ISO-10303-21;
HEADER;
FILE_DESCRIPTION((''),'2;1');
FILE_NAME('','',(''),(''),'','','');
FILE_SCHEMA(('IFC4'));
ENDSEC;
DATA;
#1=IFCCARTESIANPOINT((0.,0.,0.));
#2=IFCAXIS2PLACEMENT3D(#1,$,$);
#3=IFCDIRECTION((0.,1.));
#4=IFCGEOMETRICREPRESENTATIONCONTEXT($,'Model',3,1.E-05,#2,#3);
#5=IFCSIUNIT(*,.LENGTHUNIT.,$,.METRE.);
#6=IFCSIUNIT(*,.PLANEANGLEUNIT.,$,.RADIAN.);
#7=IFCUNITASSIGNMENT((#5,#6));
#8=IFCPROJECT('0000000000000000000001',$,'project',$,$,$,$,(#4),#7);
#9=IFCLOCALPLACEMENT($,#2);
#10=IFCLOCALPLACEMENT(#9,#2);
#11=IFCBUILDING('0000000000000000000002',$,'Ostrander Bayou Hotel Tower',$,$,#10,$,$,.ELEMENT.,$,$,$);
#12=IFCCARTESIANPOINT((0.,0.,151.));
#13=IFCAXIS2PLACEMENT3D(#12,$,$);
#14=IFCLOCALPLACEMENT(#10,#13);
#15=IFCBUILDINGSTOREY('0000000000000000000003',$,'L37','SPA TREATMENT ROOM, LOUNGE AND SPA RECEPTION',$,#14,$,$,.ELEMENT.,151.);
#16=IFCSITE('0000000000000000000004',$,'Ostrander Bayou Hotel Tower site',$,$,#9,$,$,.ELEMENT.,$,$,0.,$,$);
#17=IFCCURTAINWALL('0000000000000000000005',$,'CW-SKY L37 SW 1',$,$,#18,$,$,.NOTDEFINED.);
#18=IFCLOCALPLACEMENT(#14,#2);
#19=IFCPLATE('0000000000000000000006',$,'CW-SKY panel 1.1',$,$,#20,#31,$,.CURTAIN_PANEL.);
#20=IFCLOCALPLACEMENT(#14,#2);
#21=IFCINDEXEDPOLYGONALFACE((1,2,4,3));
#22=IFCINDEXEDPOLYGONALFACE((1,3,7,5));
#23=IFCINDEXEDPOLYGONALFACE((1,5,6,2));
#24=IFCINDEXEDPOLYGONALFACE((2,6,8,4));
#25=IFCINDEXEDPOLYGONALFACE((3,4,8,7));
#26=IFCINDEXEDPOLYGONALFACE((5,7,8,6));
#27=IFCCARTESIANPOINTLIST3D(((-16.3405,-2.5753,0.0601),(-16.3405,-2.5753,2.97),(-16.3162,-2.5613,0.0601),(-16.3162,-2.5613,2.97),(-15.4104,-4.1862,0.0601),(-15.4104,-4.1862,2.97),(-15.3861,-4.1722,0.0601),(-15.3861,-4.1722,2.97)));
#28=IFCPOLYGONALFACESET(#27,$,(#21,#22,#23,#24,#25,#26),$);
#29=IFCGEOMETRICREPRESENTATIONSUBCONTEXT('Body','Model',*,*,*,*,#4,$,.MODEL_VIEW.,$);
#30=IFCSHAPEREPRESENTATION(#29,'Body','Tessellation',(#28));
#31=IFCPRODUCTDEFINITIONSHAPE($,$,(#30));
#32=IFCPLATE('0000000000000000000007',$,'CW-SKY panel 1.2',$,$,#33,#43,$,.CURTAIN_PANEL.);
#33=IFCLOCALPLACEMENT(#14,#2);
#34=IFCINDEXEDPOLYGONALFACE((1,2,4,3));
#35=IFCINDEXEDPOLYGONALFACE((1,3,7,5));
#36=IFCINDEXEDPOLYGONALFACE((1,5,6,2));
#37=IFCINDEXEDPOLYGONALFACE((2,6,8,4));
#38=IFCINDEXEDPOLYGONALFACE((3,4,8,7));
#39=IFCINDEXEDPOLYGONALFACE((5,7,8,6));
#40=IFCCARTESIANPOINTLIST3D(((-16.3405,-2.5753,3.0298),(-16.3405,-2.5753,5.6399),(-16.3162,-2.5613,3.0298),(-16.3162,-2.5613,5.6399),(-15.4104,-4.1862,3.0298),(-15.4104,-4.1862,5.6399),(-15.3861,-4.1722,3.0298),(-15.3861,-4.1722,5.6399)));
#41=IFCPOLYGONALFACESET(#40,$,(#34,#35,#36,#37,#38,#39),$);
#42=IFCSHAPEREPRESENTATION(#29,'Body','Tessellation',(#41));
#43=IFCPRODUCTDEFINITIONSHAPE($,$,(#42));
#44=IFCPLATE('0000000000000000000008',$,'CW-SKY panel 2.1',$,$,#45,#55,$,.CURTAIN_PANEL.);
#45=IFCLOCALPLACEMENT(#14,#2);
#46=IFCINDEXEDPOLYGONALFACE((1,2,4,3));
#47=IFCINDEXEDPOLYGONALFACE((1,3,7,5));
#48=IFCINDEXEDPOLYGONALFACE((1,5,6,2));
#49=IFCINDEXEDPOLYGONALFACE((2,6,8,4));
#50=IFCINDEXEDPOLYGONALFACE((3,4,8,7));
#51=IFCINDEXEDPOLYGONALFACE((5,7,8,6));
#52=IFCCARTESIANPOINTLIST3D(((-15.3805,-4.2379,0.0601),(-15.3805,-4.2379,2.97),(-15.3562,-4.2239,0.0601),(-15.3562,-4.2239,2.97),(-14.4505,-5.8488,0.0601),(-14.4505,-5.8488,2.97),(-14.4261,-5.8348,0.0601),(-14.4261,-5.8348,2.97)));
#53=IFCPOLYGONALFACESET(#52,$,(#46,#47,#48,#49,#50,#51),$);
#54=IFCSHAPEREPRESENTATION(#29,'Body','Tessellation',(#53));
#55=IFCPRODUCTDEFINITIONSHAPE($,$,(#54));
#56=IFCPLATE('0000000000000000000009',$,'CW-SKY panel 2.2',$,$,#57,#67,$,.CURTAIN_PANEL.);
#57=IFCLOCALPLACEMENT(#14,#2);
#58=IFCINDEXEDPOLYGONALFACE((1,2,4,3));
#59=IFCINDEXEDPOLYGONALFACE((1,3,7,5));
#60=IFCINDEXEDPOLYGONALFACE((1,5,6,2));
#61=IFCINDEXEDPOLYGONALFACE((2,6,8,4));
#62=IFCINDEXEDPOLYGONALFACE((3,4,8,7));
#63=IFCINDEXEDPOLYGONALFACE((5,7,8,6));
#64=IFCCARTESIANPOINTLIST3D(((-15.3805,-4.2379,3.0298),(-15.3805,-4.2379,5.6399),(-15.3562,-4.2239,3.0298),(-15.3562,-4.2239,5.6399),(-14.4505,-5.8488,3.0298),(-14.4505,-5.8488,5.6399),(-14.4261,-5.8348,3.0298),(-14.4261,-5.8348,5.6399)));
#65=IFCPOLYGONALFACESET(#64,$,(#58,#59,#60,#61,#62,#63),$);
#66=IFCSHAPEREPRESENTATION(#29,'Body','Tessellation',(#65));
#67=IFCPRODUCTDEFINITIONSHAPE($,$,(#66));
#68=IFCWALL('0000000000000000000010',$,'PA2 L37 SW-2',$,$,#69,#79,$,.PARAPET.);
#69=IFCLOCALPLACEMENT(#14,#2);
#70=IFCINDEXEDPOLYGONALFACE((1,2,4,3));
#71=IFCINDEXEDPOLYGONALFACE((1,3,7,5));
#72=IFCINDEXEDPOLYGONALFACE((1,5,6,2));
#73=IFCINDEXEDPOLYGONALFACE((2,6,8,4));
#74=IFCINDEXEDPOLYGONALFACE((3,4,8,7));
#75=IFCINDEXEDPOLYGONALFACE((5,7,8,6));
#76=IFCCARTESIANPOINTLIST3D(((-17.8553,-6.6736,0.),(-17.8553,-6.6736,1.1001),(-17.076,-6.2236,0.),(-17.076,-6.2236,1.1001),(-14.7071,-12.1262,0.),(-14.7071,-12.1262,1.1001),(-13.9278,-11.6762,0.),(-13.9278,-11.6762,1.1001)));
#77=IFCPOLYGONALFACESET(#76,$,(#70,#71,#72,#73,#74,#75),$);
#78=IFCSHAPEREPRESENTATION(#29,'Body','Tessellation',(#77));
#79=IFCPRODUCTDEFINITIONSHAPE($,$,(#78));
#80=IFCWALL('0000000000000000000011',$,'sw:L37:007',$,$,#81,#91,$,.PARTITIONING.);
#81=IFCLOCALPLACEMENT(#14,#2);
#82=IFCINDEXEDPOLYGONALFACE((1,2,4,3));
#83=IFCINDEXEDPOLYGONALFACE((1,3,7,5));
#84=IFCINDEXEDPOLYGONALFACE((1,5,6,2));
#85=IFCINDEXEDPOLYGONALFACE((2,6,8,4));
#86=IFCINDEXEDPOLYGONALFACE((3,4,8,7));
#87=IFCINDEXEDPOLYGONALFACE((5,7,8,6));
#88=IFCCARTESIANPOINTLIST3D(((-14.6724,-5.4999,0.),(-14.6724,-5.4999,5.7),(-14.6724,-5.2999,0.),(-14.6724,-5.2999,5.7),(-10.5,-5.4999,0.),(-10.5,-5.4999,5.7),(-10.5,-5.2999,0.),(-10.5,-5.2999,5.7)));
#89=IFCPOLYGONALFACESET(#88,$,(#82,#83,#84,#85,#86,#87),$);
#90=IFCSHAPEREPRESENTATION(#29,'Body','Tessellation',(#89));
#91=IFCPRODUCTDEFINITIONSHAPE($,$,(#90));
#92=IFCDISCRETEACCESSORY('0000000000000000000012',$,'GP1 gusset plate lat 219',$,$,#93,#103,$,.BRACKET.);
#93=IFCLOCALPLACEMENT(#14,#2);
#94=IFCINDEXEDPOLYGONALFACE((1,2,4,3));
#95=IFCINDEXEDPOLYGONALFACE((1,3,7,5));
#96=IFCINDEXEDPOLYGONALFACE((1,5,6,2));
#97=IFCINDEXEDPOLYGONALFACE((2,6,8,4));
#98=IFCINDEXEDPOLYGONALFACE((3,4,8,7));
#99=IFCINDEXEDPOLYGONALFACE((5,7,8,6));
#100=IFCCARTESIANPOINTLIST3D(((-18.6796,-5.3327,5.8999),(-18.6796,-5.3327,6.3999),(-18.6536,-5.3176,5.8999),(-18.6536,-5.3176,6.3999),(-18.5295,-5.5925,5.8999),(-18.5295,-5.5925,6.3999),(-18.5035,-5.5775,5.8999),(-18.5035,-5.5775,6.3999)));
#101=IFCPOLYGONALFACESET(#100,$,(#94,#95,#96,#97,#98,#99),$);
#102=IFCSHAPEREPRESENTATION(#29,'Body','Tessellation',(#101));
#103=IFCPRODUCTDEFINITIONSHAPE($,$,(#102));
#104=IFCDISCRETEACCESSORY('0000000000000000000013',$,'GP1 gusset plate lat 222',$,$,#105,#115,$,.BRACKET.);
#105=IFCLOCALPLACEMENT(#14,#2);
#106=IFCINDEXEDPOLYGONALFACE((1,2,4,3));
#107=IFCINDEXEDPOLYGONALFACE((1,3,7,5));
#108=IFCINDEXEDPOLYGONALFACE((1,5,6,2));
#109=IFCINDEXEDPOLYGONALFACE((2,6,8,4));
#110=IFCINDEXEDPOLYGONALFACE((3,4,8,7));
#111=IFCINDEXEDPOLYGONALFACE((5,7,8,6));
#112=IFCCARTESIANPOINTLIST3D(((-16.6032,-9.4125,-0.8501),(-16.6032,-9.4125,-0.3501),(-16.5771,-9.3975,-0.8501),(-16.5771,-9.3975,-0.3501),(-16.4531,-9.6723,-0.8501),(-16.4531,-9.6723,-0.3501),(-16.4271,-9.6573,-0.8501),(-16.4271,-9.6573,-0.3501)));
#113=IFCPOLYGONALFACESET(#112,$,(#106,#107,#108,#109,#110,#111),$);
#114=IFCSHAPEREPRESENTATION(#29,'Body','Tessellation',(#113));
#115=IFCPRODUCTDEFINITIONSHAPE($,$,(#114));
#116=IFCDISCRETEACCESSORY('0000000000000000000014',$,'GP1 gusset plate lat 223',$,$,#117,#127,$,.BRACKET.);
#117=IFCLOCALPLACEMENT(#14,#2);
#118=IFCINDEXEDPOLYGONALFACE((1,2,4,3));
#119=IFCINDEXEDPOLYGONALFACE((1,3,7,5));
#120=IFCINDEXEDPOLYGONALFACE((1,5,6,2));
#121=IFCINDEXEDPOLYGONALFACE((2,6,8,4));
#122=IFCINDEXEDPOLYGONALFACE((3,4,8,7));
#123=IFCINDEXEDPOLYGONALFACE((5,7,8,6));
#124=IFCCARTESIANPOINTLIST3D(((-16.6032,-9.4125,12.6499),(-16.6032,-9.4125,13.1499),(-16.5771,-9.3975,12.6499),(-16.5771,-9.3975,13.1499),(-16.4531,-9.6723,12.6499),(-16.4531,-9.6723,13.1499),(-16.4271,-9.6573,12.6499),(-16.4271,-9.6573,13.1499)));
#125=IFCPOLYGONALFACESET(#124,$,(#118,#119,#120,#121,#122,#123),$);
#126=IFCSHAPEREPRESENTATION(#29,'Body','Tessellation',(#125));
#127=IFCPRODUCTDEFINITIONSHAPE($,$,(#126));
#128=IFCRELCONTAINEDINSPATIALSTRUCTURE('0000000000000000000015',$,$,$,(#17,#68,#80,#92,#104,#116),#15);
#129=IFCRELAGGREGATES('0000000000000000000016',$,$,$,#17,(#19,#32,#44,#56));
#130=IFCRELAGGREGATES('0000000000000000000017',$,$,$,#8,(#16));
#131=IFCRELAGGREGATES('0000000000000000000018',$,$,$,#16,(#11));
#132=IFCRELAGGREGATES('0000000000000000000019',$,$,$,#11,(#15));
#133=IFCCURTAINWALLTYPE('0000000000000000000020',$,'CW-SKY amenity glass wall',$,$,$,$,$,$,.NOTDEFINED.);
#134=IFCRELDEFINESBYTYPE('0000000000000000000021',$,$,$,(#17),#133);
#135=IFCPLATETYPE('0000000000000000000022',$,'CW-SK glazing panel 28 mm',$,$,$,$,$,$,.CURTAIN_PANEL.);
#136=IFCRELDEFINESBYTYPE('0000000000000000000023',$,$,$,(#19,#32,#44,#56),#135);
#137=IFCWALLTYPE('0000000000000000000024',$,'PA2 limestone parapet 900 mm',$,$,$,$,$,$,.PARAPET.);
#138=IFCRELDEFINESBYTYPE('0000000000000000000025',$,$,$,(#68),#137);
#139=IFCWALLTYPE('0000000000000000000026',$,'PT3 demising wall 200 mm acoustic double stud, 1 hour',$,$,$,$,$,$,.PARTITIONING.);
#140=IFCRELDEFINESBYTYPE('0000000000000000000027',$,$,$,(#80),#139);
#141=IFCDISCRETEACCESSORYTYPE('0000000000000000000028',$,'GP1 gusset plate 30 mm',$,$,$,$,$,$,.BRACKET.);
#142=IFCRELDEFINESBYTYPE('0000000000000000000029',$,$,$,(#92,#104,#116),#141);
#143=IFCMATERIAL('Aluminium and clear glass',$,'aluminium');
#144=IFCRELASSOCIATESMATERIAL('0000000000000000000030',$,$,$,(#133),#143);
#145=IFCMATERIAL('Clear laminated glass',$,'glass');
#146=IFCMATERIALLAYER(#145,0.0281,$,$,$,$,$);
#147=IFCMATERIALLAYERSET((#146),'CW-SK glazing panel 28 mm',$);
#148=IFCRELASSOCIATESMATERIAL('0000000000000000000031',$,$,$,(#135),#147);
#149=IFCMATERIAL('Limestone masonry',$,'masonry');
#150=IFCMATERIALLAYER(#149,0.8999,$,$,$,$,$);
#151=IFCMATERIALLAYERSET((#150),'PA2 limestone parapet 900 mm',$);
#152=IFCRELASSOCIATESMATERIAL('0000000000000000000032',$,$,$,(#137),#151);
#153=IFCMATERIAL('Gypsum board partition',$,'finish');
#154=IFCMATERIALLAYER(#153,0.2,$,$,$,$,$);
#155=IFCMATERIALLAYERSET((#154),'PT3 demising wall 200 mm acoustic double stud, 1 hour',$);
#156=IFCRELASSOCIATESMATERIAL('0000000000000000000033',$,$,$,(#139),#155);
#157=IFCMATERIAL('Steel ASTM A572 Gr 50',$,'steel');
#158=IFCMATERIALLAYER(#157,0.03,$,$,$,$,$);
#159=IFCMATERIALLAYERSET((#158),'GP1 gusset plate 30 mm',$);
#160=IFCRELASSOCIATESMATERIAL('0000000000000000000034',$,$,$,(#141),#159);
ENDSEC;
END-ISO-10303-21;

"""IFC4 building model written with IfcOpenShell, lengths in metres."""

from ifc_helpers import new_model, si_unit, direction, frame, frame_2d, origin, origin_2d, place, context, subcontext, project, spatial, rectangle, extrude, material, layer, layer_set, type_object, element, aggregate, save


model = new_model("IFC4")

# Units and contexts
model_context = context("Model", 3, precision=1e-05, world=origin(), true_north=direction((0.0, 1.0)))
body_context = subcontext(model_context, "Body", "Model", "MODEL_VIEW")
ifc_project = project(units=[si_unit("LENGTHUNIT", "METRE"), si_unit("PLANEANGLEUNIT", "RADIAN")], contexts=[model_context])

# Site, building, storey
site_placement = place(None, origin())
site = spatial("IfcSite", under=ifc_project, at=site_placement, Name="Ostrander Bayou Hotel Tower site", CompositionType="ELEMENT", RefElevation=0.0)
building_placement = place(site_placement, origin())
building = spatial("IfcBuilding", under=site, at=building_placement, Name="Ostrander Bayou Hotel Tower", CompositionType="ELEMENT")
storey_placement = place(building_placement, frame((0.0, 0.0, 151.0)))
storey = spatial("IfcBuildingStorey", under=building, at=storey_placement, Name="L37", Description="SPA TREATMENT ROOM, LOUNGE AND SPA RECEPTION", CompositionType="ELEMENT", Elevation=151.0)

# Curtain wall
ifc_material_1 = material(Name="Aluminium and clear glass", Category="aluminium")
curtain_wall_type_1 = type_object("IfcCurtainWallType", Name="CW-SKY amenity glass wall", PredefinedType="NOTDEFINED", material=ifc_material_1)
curtain_wall_1_placement = place(storey_placement, origin())
curtain_wall_1 = element("IfcCurtainWall", 1, at=curtain_wall_1_placement, inside=storey, type_object=curtain_wall_type_1, Name="CW-SKY L37 SW 1", PredefinedType="NOTDEFINED")

# Plates
ifc_material_2 = material(Name="Clear laminated glass", Category="glass")
ifc_layer_1 = layer(ifc_material_2, 0.0281)
ifc_layer_set_1 = layer_set([ifc_layer_1], Name="CW-SK glazing panel 28 mm")
plate_type_1 = type_object("IfcPlateType", Name="CW-SK glazing panel 28 mm", PredefinedType="CURTAIN_PANEL", material=ifc_layer_set_1)
plate_1_placement = place(storey_placement, frame((-15.8633, -3.3738, 0.0601), z_axis=(0.0, 0.0, 1.0), x_axis=(0.5, -0.866025, 0.0)))
plate_1 = element("IfcPlate", 2, at=plate_1_placement, type_object=plate_type_1, Name="CW-SKY panel 1.1", PredefinedType="CURTAIN_PANEL", context=body_context, shape_type="SweptSolid", body=[
    extrude(rectangle(XDim=1.8601, YDim=0.0281, at=origin_2d()), origin(), (0.0, 0.0, 1.0), 2.9099),
])
plate_2_placement = place(storey_placement, frame((-15.8633, -3.3738, 3.0298), z_axis=(0.0, 0.0, 1.0), x_axis=(0.5, -0.866025, 0.0)))
plate_2 = element("IfcPlate", 3, at=plate_2_placement, type_object=plate_type_1, Name="CW-SKY panel 1.2", PredefinedType="CURTAIN_PANEL", context=body_context, shape_type="SweptSolid", body=[
    extrude(rectangle(XDim=1.8601, YDim=0.0281, at=origin_2d()), origin(), (0.0, 0.0, 1.0), 2.6101),
])
plate_3_placement = place(storey_placement, frame((-14.9033, -5.0364, 0.0601), z_axis=(0.0, 0.0, 1.0), x_axis=(0.5, -0.866025, 0.0)))
plate_3 = element("IfcPlate", 4, at=plate_3_placement, type_object=plate_type_1, Name="CW-SKY panel 2.1", PredefinedType="CURTAIN_PANEL", context=body_context, shape_type="SweptSolid", body=[
    extrude(rectangle(XDim=1.8601, YDim=0.0281, at=origin_2d()), origin(), (0.0, 0.0, 1.0), 2.9099),
])
plate_4_placement = place(storey_placement, frame((-14.9033, -5.0364, 3.0298), z_axis=(0.0, 0.0, 1.0), x_axis=(0.5, -0.866025, 0.0)))
plate_4 = element("IfcPlate", 5, at=plate_4_placement, type_object=plate_type_1, Name="CW-SKY panel 2.2", PredefinedType="CURTAIN_PANEL", context=body_context, shape_type="SweptSolid", body=[
    extrude(rectangle(XDim=1.8601, YDim=0.0281, at=origin_2d()), origin(), (0.0, 0.0, 1.0), 2.6101),
])
aggregate(curtain_wall_1, [plate_1, plate_2, plate_3, plate_4])

# Walls
ifc_material_3 = material(Name="Limestone masonry", Category="masonry")
ifc_layer_2 = layer(ifc_material_3, 0.8999)
ifc_layer_set_2 = layer_set([ifc_layer_2], Name="PA2 limestone parapet 900 mm")
wall_type_1 = type_object("IfcWallType", Name="PA2 limestone parapet 900 mm", PredefinedType="PARAPET", material=ifc_layer_set_2)
wall_1_placement = place(storey_placement, frame((-17.4656, -6.4487, 0.0), z_axis=(0.0, 0.0, 1.0), x_axis=(0.500013, -0.866018, 0.0)))
element("IfcWall", 6, at=wall_1_placement, inside=storey, type_object=wall_type_1, Name="PA2 L37 SW-2", PredefinedType="PARAPET", context=body_context, shape_type="SweptSolid", body=[
    extrude(rectangle(XDim=6.2961, YDim=0.8999, at=frame_2d((3.1479, 0.0))), origin(), (0.0, 0.0, 1.0), 1.1001),
])
ifc_material_4 = material(Name="Gypsum board partition", Category="finish")
ifc_layer_3 = layer(ifc_material_4, 0.2)
ifc_layer_set_3 = layer_set([ifc_layer_3], Name="PT3 demising wall 200 mm acoustic double stud, 1 hour")
wall_type_2 = type_object("IfcWallType", Name="PT3 demising wall 200 mm acoustic double stud, 1 hour", PredefinedType="PARTITIONING", material=ifc_layer_set_3)
wall_2_placement = place(storey_placement, frame((-14.6724, -5.3999, 0.0), z_axis=(0.0, 0.0, 1.0), x_axis=(1.0, 0.0, 0.0)))
element("IfcWall", 7, at=wall_2_placement, inside=storey, type_object=wall_type_2, Name="sw:L37:007", PredefinedType="PARTITIONING", context=body_context, shape_type="SweptSolid", body=[
    extrude(rectangle(XDim=4.1724, YDim=0.2, at=frame_2d((2.0862, 0.0))), origin(), (0.0, 0.0, 1.0), 5.7),
])

# Discrete accessories
ifc_material_5 = material(Name="Steel ASTM A572 Gr 50", Category="steel")
ifc_layer_4 = layer(ifc_material_5, 0.03)
ifc_layer_set_4 = layer_set([ifc_layer_4], Name="GP1 gusset plate 30 mm")
discrete_accessory_type = type_object("IfcDiscreteAccessoryType", Name="GP1 gusset plate 30 mm", PredefinedType="BRACKET", material=ifc_layer_set_4)
for number, where, z_axis, x_axis, name in (
    (8, (-18.5916, -5.4551, 5.8999), (0.0, 0.0, 1.0), (0.5, -0.866025, 0.0), "GP1 gusset plate lat 219"),
    (9, (-16.5151, -9.5349, -0.8501), (0.0, 0.0, 1.0), (0.5, -0.866025, 0.0), "GP1 gusset plate lat 222"),
    (10, (-16.5151, -9.5349, 12.6499), (0.0, 0.0, 1.0), (0.5, -0.866025, 0.0), "GP1 gusset plate lat 223"),
):
    element("IfcDiscreteAccessory", number, at=place(storey_placement, frame(where, z_axis=z_axis, x_axis=x_axis)), inside=storey, type_object=discrete_accessory_type, Name=name, PredefinedType="BRACKET", context=body_context, shape_type="SweptSolid", body=[
        extrude(rectangle(XDim=0.3, YDim=0.03, at=origin_2d()), origin(), (0.0, 0.0, 1.0), 0.5),
    ])

save(model, "model.ifc")
